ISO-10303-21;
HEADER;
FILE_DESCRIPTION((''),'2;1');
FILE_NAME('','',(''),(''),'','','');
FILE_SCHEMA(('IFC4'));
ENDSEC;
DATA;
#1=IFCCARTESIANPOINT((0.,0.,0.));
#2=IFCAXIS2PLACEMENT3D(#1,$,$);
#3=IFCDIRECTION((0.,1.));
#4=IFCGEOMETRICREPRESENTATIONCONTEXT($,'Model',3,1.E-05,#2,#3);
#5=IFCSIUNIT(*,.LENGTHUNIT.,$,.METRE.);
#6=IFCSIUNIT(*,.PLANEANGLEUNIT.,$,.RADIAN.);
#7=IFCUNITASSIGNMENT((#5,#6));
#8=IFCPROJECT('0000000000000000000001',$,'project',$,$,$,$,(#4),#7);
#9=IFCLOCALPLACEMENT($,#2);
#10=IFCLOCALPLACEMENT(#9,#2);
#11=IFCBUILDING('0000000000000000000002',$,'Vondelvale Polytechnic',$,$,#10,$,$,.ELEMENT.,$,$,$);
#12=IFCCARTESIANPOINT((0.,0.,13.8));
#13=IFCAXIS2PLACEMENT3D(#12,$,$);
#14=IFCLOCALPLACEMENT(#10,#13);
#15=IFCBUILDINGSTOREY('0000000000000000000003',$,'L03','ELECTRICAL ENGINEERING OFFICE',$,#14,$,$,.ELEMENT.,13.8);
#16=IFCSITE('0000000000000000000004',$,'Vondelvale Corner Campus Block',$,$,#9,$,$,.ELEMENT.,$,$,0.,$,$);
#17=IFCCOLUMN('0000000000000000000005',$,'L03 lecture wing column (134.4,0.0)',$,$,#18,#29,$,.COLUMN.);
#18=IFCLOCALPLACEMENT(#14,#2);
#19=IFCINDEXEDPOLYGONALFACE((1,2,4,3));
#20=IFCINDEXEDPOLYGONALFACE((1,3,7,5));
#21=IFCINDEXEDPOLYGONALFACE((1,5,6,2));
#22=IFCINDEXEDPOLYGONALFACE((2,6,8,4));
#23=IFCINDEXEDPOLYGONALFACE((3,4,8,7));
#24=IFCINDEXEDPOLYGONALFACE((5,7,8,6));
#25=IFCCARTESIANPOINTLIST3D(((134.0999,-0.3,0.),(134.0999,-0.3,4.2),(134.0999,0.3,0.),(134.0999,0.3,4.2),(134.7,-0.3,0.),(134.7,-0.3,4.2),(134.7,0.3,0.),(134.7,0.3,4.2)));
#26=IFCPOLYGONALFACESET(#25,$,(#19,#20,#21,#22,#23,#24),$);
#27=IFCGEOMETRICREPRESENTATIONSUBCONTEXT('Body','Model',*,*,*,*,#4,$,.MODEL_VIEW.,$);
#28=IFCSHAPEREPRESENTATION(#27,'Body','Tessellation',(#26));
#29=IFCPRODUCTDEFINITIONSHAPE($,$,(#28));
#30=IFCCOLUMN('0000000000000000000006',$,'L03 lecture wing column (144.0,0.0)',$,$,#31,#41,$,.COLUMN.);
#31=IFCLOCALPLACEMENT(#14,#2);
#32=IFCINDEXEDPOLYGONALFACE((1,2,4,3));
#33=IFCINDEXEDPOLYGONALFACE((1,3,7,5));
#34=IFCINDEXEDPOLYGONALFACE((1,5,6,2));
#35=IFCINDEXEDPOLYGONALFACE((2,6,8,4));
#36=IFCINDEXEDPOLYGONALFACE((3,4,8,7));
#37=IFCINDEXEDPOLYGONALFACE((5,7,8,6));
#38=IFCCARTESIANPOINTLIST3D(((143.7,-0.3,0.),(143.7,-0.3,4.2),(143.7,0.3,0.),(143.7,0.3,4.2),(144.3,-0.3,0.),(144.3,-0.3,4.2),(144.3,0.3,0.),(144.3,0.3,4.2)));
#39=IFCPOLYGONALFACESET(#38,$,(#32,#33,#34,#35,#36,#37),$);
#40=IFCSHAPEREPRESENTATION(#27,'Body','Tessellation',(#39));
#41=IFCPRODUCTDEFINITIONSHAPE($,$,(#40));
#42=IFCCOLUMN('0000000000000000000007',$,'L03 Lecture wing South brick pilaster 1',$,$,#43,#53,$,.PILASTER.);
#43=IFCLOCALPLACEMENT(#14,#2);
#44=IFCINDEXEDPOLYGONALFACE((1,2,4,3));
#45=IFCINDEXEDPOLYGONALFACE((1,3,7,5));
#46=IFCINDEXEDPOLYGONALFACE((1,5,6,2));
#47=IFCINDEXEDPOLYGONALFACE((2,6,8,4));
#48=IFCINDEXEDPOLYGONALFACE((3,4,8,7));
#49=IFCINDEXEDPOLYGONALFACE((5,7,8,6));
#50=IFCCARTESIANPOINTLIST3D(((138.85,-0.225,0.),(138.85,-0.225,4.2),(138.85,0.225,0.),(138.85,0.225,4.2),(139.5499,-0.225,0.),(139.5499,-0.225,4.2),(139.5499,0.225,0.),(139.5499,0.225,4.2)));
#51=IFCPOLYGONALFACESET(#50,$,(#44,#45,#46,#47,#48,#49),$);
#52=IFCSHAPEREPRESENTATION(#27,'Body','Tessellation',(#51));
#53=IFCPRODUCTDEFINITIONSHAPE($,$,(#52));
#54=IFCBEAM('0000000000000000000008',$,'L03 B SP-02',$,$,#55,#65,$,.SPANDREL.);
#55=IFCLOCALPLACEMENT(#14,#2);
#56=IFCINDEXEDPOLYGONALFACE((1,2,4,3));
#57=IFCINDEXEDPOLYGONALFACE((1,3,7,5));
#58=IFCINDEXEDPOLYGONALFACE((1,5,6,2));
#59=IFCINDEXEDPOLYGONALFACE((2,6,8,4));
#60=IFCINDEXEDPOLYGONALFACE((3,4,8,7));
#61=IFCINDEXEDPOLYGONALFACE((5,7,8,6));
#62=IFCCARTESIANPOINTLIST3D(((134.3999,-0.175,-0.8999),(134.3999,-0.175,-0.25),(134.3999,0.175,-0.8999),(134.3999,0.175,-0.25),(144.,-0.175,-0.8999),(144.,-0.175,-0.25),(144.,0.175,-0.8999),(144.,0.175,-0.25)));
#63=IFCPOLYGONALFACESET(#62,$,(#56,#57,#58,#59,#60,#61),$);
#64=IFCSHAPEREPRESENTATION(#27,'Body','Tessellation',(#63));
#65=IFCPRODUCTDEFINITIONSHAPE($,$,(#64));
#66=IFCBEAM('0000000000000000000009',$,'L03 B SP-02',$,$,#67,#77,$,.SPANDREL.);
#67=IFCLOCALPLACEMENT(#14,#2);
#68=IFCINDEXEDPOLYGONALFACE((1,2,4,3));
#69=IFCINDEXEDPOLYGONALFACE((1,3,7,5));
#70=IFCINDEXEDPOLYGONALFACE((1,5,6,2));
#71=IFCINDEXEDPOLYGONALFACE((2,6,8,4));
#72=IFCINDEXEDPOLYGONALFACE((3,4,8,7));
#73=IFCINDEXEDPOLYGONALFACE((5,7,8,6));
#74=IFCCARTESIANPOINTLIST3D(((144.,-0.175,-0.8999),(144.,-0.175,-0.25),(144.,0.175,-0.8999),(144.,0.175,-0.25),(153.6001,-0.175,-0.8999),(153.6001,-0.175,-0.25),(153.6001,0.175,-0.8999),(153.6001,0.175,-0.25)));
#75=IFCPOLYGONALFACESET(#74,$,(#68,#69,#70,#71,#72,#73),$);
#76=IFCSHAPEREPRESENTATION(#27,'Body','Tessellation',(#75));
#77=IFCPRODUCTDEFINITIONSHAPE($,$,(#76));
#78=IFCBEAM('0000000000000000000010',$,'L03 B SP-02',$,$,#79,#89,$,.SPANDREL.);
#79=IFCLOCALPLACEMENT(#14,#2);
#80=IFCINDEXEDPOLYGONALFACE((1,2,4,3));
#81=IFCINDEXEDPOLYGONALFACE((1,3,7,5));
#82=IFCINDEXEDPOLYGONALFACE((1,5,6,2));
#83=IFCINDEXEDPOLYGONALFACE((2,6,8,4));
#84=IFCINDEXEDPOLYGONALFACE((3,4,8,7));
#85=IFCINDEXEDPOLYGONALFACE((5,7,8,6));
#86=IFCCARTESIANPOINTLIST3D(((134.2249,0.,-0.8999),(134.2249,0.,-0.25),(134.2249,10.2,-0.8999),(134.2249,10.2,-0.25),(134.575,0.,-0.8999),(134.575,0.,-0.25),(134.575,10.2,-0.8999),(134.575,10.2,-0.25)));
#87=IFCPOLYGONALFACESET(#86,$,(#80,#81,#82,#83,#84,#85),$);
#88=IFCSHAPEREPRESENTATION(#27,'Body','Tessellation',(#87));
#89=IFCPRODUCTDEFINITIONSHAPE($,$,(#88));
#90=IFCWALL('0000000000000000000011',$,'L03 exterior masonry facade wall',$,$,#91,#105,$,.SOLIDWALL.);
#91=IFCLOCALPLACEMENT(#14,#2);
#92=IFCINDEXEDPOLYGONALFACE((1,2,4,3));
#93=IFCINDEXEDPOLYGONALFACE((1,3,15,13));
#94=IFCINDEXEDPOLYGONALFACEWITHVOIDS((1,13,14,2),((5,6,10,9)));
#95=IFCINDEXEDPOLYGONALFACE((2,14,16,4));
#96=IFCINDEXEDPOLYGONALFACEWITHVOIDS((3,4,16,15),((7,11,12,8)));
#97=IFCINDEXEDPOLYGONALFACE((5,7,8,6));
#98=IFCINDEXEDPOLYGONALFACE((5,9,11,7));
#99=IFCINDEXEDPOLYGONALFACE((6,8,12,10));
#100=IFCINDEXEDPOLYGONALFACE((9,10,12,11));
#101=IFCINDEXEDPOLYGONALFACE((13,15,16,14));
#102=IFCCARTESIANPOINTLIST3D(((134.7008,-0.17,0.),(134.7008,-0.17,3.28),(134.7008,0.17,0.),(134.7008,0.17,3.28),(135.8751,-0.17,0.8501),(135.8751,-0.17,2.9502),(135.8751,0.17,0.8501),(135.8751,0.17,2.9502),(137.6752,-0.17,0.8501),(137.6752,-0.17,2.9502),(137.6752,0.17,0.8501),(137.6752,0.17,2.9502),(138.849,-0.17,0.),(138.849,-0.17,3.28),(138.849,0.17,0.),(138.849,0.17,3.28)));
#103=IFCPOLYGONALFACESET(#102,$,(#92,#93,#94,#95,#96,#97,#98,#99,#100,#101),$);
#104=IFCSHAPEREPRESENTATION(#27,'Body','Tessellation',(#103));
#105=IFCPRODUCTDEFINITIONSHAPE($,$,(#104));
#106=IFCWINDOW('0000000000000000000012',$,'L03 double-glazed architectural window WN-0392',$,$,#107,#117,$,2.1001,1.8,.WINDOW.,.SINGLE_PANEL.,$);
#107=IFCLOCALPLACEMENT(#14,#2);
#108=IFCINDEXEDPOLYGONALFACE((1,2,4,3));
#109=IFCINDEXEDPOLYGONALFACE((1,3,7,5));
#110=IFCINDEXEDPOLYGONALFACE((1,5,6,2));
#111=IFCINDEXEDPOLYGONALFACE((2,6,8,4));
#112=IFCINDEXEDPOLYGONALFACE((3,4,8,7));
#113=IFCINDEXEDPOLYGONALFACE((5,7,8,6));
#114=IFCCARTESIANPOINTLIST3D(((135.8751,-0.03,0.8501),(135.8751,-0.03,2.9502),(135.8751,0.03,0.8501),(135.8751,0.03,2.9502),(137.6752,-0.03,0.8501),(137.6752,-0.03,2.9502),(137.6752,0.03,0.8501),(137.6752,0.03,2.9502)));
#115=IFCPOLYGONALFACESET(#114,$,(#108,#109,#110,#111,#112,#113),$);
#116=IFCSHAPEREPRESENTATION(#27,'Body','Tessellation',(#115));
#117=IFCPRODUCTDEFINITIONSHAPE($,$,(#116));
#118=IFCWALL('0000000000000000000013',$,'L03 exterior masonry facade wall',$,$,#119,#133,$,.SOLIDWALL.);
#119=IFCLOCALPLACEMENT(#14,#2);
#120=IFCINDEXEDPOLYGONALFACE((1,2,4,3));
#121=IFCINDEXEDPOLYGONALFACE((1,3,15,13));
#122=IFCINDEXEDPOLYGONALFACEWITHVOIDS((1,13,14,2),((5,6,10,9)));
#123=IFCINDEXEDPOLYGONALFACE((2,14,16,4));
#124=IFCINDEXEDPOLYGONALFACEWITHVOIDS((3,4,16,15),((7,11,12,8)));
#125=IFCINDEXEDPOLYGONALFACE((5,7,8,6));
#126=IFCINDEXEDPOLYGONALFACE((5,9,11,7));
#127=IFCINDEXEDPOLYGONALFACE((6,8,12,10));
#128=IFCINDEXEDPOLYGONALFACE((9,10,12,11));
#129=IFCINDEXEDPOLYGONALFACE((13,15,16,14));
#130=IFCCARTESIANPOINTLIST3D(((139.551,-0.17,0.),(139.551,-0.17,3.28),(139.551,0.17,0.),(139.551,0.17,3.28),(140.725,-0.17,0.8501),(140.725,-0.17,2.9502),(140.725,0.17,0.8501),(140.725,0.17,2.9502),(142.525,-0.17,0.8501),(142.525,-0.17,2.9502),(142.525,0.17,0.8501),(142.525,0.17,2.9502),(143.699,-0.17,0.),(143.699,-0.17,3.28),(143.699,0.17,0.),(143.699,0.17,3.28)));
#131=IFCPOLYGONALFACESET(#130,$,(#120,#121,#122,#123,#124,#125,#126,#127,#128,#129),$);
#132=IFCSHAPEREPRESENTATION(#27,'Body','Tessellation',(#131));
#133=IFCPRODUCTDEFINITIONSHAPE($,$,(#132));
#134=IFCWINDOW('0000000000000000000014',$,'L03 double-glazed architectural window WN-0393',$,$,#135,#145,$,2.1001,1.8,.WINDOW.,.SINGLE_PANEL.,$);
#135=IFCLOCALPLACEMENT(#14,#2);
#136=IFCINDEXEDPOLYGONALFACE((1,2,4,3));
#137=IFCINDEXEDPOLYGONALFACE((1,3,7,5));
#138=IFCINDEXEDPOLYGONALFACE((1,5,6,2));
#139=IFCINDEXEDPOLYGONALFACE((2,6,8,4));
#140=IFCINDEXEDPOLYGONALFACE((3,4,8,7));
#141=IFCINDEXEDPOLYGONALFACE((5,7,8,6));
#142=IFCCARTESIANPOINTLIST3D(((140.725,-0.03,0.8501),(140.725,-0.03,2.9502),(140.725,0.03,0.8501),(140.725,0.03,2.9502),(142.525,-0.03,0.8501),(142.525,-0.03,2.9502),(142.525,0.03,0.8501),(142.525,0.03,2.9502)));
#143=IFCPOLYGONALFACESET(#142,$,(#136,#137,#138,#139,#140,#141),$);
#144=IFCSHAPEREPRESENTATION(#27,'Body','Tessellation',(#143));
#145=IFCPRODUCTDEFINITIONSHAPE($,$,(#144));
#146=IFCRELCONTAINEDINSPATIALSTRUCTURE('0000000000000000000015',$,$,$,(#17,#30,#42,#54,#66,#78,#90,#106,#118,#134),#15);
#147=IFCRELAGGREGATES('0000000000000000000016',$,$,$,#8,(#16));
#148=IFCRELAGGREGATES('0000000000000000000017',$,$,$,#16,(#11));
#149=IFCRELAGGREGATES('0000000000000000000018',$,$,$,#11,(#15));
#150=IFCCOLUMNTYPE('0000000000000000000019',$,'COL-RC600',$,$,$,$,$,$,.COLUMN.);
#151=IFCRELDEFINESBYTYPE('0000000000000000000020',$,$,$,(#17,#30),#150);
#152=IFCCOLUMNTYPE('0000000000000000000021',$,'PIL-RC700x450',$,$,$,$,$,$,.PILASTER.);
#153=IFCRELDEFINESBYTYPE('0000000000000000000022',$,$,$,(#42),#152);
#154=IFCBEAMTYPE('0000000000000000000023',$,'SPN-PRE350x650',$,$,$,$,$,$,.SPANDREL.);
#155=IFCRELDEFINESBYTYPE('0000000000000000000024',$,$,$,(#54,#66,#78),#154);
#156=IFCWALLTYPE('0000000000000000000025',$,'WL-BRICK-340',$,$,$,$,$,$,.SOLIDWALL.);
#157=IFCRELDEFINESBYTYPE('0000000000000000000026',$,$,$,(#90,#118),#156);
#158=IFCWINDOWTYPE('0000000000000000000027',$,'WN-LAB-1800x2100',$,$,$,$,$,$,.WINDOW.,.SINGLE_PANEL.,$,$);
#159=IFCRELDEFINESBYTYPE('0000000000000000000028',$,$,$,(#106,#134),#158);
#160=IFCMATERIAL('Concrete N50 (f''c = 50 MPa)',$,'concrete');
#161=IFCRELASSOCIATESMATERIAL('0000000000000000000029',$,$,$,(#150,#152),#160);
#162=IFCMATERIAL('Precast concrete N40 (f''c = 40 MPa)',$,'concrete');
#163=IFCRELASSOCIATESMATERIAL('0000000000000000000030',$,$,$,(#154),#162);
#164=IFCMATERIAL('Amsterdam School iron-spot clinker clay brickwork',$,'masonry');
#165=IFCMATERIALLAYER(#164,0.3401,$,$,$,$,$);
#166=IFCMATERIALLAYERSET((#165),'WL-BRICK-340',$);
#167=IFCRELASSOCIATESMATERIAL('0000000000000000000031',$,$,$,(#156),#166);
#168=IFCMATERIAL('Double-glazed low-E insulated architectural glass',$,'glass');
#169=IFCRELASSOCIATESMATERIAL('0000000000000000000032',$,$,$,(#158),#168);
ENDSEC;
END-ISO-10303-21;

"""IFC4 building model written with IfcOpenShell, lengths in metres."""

from ifc_helpers import new_model, si_unit, direction, frame, frame_2d, origin, origin_2d, place, context, subcontext, project, spatial, rectangle, extrude, material, layer, layer_set, material_profile, profile_set, type_object, element, fill, save


model = new_model("IFC4")

# Units and contexts
model_context = context("Model", 3, precision=1e-05, world=origin(), true_north=direction((0.0, 1.0)))
body_context = subcontext(model_context, "Body", "Model", "MODEL_VIEW")
ifc_project = project(units=[si_unit("LENGTHUNIT", "METRE"), si_unit("PLANEANGLEUNIT", "RADIAN")], contexts=[model_context])

# Site, building, storey
site_placement = place(None, origin())
site = spatial("IfcSite", under=ifc_project, at=site_placement, Name="Vondelvale Corner Campus Block", CompositionType="ELEMENT", RefElevation=0.0)
building_placement = place(site_placement, origin())
building = spatial("IfcBuilding", under=site, at=building_placement, Name="Vondelvale Polytechnic", CompositionType="ELEMENT")
storey_placement = place(building_placement, frame((0.0, 0.0, 13.8)))
storey = spatial("IfcBuildingStorey", under=building, at=storey_placement, Name="L03", Description="ELECTRICAL ENGINEERING OFFICE", CompositionType="ELEMENT", Elevation=13.8)

# Columns
ifc_material_1 = material(Name="Concrete N50 (f'c = 50 MPa)", Category="concrete")
ifc_material_profile_1 = material_profile(ifc_material_1, rectangle(XDim=0.6001, YDim=0.6001, at=origin_2d()), Name="RC-COL-600x600")
ifc_profile_set_1 = profile_set([ifc_material_profile_1], Name="Concrete N50 (f'c = 50 MPa)")
column_type_1 = type_object("IfcColumnType", Name="COL-RC600", PredefinedType="COLUMN", material=ifc_profile_set_1)
for number, where, z_axis, x_axis, name in (
    (1, (134.3999, 0.0, 0.0), (0.0, 0.0, 1.0), (1.0, 0.0, 0.0), "L03 lecture wing column (134.4,0.0)"),
    (2, (144.0, 0.0, 0.0), (0.0, 0.0, 1.0), (1.0, 0.0, 0.0), "L03 lecture wing column (144.0,0.0)"),
):
    element("IfcColumn", number, at=place(storey_placement, frame(where, z_axis=z_axis, x_axis=x_axis)), inside=storey, type_object=column_type_1, Name=name, PredefinedType="COLUMN", context=body_context, shape_type="SweptSolid", body=[
        extrude(rectangle(XDim=0.6001, YDim=0.6001, at=origin_2d()), origin(), (0.0, 0.0, 1.0), 4.2),
    ])
ifc_material_profile_2 = material_profile(ifc_material_1, rectangle(XDim=0.45, YDim=0.7, at=origin_2d()), Name="RC-PIL-700x450")
ifc_profile_set_2 = profile_set([ifc_material_profile_2], Name="Concrete N50 (f'c = 50 MPa)")
column_type_2 = type_object("IfcColumnType", Name="PIL-RC700x450", PredefinedType="PILASTER", material=ifc_profile_set_2)
column_placement = place(storey_placement, frame((139.2, 0.0, 0.0), z_axis=(0.0, 0.0, 1.0), x_axis=(0.0, 1.0, 0.0)))
element("IfcColumn", 3, at=column_placement, inside=storey, type_object=column_type_2, Name="L03 Lecture wing South brick pilaster 1", PredefinedType="PILASTER", context=body_context, shape_type="SweptSolid", body=[
    extrude(rectangle(XDim=0.45, YDim=0.7, at=origin_2d()), origin(), (0.0, 0.0, 1.0), 4.2),
])

# Beams
ifc_material_2 = material(Name="Precast concrete N40 (f'c = 40 MPa)", Category="concrete")
ifc_material_profile_3 = material_profile(ifc_material_2, rectangle(XDim=0.3501, YDim=0.6499, at=origin_2d()), Name="RC-SPN-350x650")
ifc_profile_set_3 = profile_set([ifc_material_profile_3], Name="Precast concrete N40 (f'c = 40 MPa)")
beam_type = type_object("IfcBeamType", Name="SPN-PRE350x650", PredefinedType="SPANDREL", material=ifc_profile_set_3)
for number, where, z_axis, x_axis, name in (
    (4, (134.3999, 0.0, -0.575), (1.0, 0.0, 0.0), (0.0, 1.0, 0.0), "L03 B SP-02"),
    (5, (144.0, 0.0, -0.575), (1.0, 0.0, 0.0), (0.0, 1.0, 0.0), "L03 B SP-02"),
):
    element("IfcBeam", number, at=place(storey_placement, frame(where, z_axis=z_axis, x_axis=x_axis)), inside=storey, type_object=beam_type, Name=name, PredefinedType="SPANDREL", context=body_context, shape_type="SweptSolid", body=[
        extrude(rectangle(XDim=0.3501, YDim=0.6499, at=origin_2d()), origin(), (0.0, 0.0, 1.0), 9.6001),
    ])
beam_placement = place(storey_placement, frame((134.3999, 0.0, -0.575), z_axis=(0.0, 1.0, 0.0), x_axis=(-1.0, 0.0, 0.0)))
element("IfcBeam", 6, at=beam_placement, inside=storey, type_object=beam_type, Name="L03 B SP-02", PredefinedType="SPANDREL", context=body_context, shape_type="SweptSolid", body=[
    extrude(rectangle(XDim=0.3501, YDim=0.6499, at=origin_2d()), origin(), (0.0, 0.0, 1.0), 10.2),
])

# Walls, openings, windows
ifc_material_3 = material(Name="Amsterdam School iron-spot clinker clay brickwork", Category="masonry")
ifc_layer_1 = layer(ifc_material_3, 0.3401)
ifc_layer_set_1 = layer_set([ifc_layer_1], Name="WL-BRICK-340")
wall_type = type_object("IfcWallType", Name="WL-BRICK-340", PredefinedType="SOLIDWALL", material=ifc_layer_set_1)
wall_1_placement = place(storey_placement, frame((138.8491, 0.0, 0.0), z_axis=(0.0, 0.0, 1.0), x_axis=(-1.0, 0.0, 0.0)))
wall_1 = element("IfcWall", 7, at=wall_1_placement, inside=storey, type_object=wall_type, Name="L03 exterior masonry facade wall", PredefinedType="SOLIDWALL", context=body_context, shape_type="SweptSolid", body=[
    extrude(rectangle(XDim=4.1482, YDim=0.3401, at=frame_2d((2.0742, 0.0))), origin(), (0.0, 0.0, 1.0), 3.28),
])
opening_1_placement = place(wall_1_placement, frame((1.1741, 0.0, 0.8501)))
opening_1 = element("IfcOpeningElement", 8, at=opening_1_placement, cuts=wall_1, PredefinedType="OPENING", context=body_context, shape_type="SweptSolid", body=[
    extrude(rectangle(XDim=1.8, YDim=2.1001, at=frame_2d((0.8999, 1.05))), frame((0.0, 0.1799, 0.0), z_axis=(0.0, -1.0, 0.0), x_axis=(1.0, 0.0, 0.0)), (0.0, 0.0, 1.0), 0.3601),
])
ifc_material_4 = material(Name="Double-glazed low-E insulated architectural glass", Category="glass")
window_type_1 = type_object("IfcWindowType", Name="WN-LAB-1800x2100", PartitioningType="SINGLE_PANEL", PredefinedType="WINDOW", material=ifc_material_4)
window_1_placement = place(opening_1_placement, origin())
window_1 = element("IfcWindow", 9, at=window_1_placement, inside=storey, type_object=window_type_1, Name="L03 double-glazed architectural window WN-0392", OverallHeight=2.1001, OverallWidth=1.8, PartitioningType="SINGLE_PANEL", PredefinedType="WINDOW", context=body_context, shape_type="SweptSolid", body=[
    extrude(rectangle(XDim=1.8, YDim=2.1001, at=frame_2d((0.8999, 1.05))), frame((0.0, 0.03, 0.0), z_axis=(0.0, -1.0, 0.0), x_axis=(1.0, 0.0, 0.0)), (0.0, 0.0, 1.0), 0.0601),
])
fill(opening_1, window_1)
wall_2_placement = place(storey_placement, frame((143.699, 0.0, 0.0), z_axis=(0.0, 0.0, 1.0), x_axis=(-1.0, 0.0, 0.0)))
wall_2 = element("IfcWall", 10, at=wall_2_placement, inside=storey, type_object=wall_type, Name="L03 exterior masonry facade wall", PredefinedType="SOLIDWALL", context=body_context, shape_type="SweptSolid", body=[
    extrude(rectangle(XDim=4.1479, YDim=0.3401, at=frame_2d((2.074, 0.0))), origin(), (0.0, 0.0, 1.0), 3.28),
])
opening_2_placement = place(wall_2_placement, frame((1.1741, 0.0, 0.8501)))
opening_2 = element("IfcOpeningElement", 11, at=opening_2_placement, cuts=wall_2, PredefinedType="OPENING", context=body_context, shape_type="SweptSolid", body=[
    extrude(rectangle(XDim=1.8, YDim=2.1001, at=frame_2d((0.8999, 1.05))), frame((0.0, 0.1799, 0.0), z_axis=(0.0, -1.0, 0.0), x_axis=(1.0, 0.0, 0.0)), (0.0, 0.0, 1.0), 0.3601),
])
window_2_placement = place(opening_2_placement, origin())
window_2 = element("IfcWindow", 12, at=window_2_placement, inside=storey, type_object=window_type_1, Name="L03 double-glazed architectural window WN-0393", OverallHeight=2.1001, OverallWidth=1.8, PartitioningType="SINGLE_PANEL", PredefinedType="WINDOW", context=body_context, shape_type="SweptSolid", body=[
    extrude(rectangle(XDim=1.8, YDim=2.1001, at=frame_2d((0.8999, 1.05))), frame((0.0, 0.03, 0.0), z_axis=(0.0, -1.0, 0.0), x_axis=(1.0, 0.0, 0.0)), (0.0, 0.0, 1.0), 0.0601),
])
fill(opening_2, window_2)

save(model, "model.ifc")
